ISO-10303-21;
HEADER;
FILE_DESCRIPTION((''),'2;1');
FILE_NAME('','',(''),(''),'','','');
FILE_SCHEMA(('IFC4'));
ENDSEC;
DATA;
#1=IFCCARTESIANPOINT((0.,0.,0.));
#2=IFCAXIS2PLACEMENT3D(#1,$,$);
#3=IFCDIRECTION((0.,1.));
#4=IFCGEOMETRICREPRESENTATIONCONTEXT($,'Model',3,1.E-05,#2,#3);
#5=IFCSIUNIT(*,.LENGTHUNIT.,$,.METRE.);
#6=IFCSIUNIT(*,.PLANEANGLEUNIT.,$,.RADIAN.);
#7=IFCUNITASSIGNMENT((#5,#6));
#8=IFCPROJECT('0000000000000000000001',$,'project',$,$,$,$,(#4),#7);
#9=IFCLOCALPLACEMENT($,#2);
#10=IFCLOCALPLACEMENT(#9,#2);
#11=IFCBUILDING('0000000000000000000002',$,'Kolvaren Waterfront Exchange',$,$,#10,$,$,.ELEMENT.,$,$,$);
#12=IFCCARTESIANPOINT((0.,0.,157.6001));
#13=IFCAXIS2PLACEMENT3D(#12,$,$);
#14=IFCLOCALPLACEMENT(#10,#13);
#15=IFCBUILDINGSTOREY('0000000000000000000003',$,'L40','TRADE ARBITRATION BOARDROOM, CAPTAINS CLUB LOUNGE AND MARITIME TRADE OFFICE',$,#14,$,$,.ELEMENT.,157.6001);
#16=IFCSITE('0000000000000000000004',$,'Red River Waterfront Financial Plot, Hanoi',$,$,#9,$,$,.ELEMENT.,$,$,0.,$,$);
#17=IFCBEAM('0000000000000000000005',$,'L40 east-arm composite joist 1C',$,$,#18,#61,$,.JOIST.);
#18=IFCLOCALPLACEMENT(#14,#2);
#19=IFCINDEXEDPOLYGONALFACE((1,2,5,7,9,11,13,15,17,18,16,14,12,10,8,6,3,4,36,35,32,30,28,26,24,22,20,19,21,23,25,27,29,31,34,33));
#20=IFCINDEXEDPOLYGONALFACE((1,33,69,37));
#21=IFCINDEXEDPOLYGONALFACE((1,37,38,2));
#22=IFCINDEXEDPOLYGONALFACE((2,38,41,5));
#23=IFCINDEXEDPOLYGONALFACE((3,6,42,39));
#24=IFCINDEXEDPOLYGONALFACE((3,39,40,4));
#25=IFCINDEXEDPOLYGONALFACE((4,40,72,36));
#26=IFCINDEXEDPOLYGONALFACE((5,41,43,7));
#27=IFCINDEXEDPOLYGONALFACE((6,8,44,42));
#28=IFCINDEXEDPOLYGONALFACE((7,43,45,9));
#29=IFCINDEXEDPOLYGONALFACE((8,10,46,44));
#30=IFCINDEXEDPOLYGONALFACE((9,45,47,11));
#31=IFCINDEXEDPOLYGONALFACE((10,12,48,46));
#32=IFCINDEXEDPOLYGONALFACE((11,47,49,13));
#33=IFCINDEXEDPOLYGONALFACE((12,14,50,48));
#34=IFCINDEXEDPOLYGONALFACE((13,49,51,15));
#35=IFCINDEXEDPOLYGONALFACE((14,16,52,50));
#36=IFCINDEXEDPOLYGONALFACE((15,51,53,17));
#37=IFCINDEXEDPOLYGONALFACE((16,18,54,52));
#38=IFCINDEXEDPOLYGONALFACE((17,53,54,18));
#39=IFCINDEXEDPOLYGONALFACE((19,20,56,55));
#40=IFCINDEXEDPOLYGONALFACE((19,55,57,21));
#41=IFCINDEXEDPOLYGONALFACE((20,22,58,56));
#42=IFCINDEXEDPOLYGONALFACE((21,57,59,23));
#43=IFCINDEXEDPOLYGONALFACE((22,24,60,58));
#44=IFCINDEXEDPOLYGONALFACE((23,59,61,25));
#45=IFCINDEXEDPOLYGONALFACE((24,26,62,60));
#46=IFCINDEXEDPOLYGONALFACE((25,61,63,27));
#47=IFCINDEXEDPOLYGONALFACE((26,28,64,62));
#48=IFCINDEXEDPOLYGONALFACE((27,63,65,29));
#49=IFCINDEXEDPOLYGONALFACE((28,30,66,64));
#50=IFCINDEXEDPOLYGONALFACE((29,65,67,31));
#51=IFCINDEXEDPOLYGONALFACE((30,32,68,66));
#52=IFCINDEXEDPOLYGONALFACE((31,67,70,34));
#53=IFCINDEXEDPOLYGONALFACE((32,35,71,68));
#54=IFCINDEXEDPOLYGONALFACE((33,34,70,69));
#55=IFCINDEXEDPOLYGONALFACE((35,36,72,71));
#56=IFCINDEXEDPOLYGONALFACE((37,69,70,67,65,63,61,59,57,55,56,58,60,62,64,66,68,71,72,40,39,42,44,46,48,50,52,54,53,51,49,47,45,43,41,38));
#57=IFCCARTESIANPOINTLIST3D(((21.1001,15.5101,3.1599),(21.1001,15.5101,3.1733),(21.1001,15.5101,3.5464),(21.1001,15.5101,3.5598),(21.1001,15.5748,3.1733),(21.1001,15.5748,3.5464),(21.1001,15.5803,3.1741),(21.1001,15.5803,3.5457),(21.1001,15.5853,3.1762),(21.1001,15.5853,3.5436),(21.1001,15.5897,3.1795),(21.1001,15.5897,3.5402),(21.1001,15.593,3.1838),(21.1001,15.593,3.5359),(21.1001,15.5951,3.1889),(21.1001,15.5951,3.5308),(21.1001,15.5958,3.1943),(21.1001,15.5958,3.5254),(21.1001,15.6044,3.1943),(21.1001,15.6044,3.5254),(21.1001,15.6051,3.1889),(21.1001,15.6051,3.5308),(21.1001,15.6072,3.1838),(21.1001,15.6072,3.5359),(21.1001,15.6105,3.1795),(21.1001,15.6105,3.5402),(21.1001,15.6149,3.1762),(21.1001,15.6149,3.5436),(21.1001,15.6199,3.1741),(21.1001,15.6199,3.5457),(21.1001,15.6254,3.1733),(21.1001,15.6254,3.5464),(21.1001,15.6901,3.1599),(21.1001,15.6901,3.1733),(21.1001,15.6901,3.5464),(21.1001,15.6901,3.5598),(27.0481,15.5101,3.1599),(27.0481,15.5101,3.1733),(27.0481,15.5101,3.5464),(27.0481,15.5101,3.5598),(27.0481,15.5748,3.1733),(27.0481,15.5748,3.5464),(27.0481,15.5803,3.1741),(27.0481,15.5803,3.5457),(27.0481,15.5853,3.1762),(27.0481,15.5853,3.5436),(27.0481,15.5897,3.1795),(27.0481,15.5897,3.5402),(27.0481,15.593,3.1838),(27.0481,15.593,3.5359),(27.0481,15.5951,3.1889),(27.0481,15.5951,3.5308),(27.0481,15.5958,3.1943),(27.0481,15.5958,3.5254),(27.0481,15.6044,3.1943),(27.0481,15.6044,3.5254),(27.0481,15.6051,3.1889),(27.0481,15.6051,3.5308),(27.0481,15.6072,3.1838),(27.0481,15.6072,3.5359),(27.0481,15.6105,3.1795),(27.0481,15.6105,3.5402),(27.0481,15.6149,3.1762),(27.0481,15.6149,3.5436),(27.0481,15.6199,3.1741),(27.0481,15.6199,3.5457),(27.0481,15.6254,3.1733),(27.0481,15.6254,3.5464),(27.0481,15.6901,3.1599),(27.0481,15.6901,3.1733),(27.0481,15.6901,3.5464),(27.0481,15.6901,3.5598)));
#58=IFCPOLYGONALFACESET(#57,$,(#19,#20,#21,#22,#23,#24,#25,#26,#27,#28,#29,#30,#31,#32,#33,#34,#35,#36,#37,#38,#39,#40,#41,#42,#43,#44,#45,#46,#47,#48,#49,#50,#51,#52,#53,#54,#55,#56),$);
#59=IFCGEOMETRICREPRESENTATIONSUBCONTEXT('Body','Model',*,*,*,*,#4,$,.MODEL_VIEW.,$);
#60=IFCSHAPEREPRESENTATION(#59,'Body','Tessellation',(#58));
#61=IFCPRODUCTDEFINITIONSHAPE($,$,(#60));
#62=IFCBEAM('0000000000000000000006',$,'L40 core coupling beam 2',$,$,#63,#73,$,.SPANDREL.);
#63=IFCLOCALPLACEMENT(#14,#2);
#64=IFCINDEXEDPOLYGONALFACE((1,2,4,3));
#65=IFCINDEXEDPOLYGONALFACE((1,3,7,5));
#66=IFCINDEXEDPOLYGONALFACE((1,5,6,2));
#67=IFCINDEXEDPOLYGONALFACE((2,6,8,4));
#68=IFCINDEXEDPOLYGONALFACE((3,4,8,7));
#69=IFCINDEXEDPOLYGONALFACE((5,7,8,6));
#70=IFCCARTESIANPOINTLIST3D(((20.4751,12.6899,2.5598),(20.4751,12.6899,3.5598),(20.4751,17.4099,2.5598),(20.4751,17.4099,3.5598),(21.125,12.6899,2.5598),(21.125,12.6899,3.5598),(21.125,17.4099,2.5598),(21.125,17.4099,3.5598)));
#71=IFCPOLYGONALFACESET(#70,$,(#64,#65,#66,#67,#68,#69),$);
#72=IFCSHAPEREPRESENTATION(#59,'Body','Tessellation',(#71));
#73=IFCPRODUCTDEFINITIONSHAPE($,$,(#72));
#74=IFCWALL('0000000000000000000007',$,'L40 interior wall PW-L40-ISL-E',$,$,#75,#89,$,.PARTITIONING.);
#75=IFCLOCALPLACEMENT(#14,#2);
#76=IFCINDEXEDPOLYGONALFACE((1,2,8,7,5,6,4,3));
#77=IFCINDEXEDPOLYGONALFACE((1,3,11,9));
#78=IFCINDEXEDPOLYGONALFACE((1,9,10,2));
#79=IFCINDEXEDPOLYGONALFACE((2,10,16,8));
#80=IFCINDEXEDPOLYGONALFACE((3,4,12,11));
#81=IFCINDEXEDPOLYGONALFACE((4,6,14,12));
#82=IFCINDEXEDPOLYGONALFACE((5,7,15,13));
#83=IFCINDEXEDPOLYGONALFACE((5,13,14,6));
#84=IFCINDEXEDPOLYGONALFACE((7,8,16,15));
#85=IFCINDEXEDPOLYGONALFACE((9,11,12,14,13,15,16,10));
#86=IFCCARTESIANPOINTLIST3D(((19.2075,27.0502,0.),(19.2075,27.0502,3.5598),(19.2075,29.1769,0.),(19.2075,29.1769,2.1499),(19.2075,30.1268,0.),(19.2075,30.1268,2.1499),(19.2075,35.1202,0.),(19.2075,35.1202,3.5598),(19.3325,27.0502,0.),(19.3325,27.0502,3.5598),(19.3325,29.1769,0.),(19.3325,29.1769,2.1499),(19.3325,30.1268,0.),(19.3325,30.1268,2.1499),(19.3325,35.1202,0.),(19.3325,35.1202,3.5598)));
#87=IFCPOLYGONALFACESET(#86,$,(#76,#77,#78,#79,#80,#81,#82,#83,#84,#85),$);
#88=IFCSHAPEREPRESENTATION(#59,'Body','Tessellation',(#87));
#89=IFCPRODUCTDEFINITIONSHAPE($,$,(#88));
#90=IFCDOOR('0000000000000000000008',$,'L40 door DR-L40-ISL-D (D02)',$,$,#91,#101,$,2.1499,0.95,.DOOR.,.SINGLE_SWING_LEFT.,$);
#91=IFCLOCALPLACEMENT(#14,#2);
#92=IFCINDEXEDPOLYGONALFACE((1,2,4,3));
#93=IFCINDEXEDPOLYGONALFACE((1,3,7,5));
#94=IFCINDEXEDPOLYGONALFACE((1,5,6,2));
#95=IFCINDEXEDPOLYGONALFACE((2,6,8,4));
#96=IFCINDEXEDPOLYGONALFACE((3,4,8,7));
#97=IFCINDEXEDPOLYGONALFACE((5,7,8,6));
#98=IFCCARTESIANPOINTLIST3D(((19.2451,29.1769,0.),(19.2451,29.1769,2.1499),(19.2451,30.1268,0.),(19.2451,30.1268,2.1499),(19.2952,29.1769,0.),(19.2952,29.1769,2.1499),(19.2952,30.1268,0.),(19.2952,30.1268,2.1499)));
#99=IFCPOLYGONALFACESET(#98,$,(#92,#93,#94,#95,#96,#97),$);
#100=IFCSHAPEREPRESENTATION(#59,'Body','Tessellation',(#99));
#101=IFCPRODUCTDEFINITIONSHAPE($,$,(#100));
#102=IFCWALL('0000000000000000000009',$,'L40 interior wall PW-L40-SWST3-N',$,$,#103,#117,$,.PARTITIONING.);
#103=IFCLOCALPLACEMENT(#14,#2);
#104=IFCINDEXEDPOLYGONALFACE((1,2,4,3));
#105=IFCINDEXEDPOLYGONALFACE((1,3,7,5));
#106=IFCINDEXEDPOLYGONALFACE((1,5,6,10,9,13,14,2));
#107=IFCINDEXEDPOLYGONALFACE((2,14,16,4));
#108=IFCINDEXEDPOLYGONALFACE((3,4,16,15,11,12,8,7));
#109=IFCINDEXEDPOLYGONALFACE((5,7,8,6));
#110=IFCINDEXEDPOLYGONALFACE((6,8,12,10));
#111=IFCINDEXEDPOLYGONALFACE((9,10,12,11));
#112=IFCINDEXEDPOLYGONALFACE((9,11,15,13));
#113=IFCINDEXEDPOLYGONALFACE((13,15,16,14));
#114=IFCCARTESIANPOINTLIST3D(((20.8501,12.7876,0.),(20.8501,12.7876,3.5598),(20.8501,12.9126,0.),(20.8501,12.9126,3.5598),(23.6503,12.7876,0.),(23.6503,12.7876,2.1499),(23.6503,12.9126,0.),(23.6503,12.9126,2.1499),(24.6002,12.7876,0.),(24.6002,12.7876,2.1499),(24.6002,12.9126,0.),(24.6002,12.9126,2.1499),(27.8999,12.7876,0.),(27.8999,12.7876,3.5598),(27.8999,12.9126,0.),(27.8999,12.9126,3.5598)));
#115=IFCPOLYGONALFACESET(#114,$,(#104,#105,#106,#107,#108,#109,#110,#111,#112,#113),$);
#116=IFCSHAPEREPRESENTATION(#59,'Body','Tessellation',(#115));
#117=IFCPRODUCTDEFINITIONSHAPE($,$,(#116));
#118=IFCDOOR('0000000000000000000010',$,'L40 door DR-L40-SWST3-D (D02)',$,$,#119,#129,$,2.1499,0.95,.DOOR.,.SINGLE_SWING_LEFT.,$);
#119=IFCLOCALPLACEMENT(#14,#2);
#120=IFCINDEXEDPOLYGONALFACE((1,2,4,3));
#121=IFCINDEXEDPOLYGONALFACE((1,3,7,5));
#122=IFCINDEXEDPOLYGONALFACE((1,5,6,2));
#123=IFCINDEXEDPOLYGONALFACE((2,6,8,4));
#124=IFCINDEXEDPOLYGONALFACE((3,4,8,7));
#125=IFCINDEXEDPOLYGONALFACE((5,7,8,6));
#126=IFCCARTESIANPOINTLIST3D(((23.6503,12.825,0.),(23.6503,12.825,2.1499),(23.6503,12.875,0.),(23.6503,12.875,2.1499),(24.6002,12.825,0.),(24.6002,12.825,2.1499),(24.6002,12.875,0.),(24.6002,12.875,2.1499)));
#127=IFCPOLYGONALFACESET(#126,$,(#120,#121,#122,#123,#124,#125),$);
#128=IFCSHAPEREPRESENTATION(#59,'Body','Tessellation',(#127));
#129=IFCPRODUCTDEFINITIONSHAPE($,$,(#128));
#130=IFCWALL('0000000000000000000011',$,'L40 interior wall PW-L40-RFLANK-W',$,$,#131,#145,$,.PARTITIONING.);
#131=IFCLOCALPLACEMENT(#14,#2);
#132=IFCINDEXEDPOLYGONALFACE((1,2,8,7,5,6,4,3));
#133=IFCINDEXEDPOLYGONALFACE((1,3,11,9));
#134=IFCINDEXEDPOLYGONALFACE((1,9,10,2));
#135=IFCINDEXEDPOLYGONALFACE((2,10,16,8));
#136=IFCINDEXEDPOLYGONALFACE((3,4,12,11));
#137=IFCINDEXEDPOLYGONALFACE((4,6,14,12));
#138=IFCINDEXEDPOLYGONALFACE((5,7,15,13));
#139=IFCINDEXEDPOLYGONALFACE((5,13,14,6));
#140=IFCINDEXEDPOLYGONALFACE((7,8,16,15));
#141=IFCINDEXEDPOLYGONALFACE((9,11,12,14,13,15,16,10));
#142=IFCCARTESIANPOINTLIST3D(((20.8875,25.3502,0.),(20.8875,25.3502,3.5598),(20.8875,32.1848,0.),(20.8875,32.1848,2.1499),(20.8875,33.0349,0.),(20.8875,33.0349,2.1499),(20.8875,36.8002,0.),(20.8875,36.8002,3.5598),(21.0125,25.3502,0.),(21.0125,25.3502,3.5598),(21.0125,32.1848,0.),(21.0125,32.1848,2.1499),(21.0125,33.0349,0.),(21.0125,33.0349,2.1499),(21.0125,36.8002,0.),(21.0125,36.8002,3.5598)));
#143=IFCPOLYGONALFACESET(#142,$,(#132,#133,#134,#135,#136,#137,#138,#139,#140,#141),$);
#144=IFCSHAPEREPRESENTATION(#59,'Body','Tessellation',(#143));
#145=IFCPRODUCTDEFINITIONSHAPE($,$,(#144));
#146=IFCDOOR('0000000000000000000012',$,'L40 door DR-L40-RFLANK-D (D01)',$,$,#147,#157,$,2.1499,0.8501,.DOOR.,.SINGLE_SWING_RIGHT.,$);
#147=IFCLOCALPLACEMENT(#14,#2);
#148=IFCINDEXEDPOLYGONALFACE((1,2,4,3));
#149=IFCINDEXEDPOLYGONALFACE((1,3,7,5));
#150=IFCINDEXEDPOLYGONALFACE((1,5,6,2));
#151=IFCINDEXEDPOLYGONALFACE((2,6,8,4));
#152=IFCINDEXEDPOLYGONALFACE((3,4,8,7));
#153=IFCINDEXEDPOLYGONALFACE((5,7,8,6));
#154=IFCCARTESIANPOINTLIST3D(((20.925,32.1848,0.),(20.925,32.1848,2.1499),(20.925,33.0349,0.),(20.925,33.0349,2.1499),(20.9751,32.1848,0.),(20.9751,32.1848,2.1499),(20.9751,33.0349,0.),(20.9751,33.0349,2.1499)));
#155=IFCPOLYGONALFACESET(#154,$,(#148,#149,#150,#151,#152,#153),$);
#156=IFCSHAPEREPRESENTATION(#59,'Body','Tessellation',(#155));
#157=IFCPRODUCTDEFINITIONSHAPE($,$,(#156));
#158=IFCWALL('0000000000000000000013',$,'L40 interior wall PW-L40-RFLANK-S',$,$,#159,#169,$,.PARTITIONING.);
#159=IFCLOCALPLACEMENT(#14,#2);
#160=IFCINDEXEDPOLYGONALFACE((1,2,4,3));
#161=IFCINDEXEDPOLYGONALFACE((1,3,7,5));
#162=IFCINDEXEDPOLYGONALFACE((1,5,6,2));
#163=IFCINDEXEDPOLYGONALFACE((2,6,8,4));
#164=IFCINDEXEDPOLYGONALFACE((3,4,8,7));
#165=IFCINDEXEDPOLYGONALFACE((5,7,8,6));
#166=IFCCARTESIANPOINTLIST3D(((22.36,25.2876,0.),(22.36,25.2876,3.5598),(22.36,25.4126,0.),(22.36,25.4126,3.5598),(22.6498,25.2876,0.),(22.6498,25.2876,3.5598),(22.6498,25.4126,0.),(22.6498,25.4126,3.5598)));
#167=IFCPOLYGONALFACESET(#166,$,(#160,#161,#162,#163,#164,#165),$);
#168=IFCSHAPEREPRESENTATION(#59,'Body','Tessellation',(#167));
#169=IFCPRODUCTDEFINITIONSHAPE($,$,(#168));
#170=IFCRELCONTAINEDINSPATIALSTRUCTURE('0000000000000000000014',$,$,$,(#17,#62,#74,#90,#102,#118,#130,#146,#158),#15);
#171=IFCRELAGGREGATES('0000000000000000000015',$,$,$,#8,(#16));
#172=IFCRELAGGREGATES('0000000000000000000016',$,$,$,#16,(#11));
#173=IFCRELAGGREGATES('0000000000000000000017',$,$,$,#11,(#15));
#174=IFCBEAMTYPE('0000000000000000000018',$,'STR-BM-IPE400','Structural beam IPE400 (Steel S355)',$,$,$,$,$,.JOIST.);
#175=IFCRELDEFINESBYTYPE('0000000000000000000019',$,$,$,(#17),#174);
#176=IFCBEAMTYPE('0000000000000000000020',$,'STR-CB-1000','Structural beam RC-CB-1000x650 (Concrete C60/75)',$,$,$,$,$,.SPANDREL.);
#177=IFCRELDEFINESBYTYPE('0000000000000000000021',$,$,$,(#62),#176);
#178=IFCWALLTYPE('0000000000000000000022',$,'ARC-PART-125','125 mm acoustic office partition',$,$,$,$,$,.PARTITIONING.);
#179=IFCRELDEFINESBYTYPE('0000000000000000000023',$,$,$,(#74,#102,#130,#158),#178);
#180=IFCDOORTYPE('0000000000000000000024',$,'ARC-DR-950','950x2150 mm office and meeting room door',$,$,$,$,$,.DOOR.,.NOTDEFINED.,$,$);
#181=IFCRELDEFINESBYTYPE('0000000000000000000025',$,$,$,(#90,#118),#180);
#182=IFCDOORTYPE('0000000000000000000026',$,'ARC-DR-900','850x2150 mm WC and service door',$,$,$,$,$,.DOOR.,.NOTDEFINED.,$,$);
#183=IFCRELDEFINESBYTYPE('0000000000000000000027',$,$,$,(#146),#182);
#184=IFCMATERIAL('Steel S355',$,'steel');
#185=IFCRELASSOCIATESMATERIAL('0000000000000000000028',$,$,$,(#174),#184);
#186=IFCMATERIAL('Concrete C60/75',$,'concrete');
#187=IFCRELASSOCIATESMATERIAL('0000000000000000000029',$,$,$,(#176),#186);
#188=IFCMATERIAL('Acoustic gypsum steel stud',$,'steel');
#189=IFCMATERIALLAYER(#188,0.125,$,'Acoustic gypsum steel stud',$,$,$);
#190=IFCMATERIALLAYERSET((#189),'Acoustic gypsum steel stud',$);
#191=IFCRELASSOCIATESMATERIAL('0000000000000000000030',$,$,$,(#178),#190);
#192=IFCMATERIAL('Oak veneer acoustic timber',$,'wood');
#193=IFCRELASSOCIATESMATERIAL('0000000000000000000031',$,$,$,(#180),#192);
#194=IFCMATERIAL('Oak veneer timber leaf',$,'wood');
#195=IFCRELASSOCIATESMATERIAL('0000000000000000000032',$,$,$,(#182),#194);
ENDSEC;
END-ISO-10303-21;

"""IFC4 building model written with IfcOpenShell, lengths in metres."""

from ifc_helpers import new_model, si_unit, direction, frame, frame_2d, origin, origin_2d, place, context, subcontext, project, spatial, rectangle, i_section, extrude, material, layer, layer_set, material_profile, profile_set, type_object, element, fill, save


model = new_model("IFC4")

# Units and contexts
model_context = context("Model", 3, precision=1e-05, world=origin(), true_north=direction((0.0, 1.0)))
body_context = subcontext(model_context, "Body", "Model", "MODEL_VIEW")
ifc_project = project(units=[si_unit("LENGTHUNIT", "METRE"), si_unit("PLANEANGLEUNIT", "RADIAN")], contexts=[model_context])

# Site, building, storey
site_placement = place(None, origin())
site = spatial("IfcSite", under=ifc_project, at=site_placement, Name="Red River Waterfront Financial Plot, Hanoi", CompositionType="ELEMENT", RefElevation=0.0)
building_placement = place(site_placement, origin())
building = spatial("IfcBuilding", under=site, at=building_placement, Name="Kolvaren Waterfront Exchange", CompositionType="ELEMENT")
storey_placement = place(building_placement, frame((0.0, 0.0, 157.6001)))
storey = spatial("IfcBuildingStorey", under=building, at=storey_placement, Name="L40", Description="TRADE ARBITRATION BOARDROOM, CAPTAINS CLUB LOUNGE AND MARITIME TRADE OFFICE", CompositionType="ELEMENT", Elevation=157.6001)

# Shared definitions
ifc_material_1 = material(Name="Concrete C60/75", Category="concrete")

# Beams
ifc_material_2 = material(Name="Steel S355", Category="steel")
ifc_material_profile_1 = material_profile(ifc_material_2, i_section(OverallWidth=0.1799, OverallDepth=0.3999, WebThickness=0.0085, FlangeThickness=0.0134, FilletRadius=0.021, at=origin_2d()), Name="IPE400")
ifc_profile_set_1 = profile_set([ifc_material_profile_1], Name="Steel S355")
beam_type_1 = type_object("IfcBeamType", Name="STR-BM-IPE400", Description="Structural beam IPE400 (Steel S355)", PredefinedType="JOIST", material=ifc_profile_set_1)
for number, where, z_axis, x_axis, name in (
    (1, (21.1001, 15.6001, 3.3599), (1.0, 0.0, 0.0), (0.0, 1.0, 0.0), "L40 east-arm composite joist 1C"),
):
    element("IfcBeam", number, at=place(storey_placement, frame(where, z_axis=z_axis, x_axis=x_axis)), inside=storey, type_object=beam_type_1, Name=name, PredefinedType="JOIST", context=body_context, shape_type="SweptSolid", body=[
        extrude(i_section(OverallWidth=0.1799, OverallDepth=0.3999, WebThickness=0.0085, FlangeThickness=0.0134, FilletRadius=0.021, at=origin_2d()), origin(), (0.0, 0.0, 1.0), 5.948),
    ])
ifc_material_profile_2 = material_profile(ifc_material_1, rectangle(XDim=0.6499, YDim=1.0, at=origin_2d()), Name="RC-CB-1000x650")
ifc_profile_set_2 = profile_set([ifc_material_profile_2], Name="Concrete C60/75")
beam_type_2 = type_object("IfcBeamType", Name="STR-CB-1000", Description="Structural beam RC-CB-1000x650 (Concrete C60/75)", PredefinedType="SPANDREL", material=ifc_profile_set_2)
beam_1_placement = place(storey_placement, frame((20.8, 12.6899, 3.0598), z_axis=(0.0, 1.0, 0.0), x_axis=(-1.0, 0.0, 0.0)))
element("IfcBeam", 2, at=beam_1_placement, inside=storey, type_object=beam_type_2, Name="L40 core coupling beam 2", PredefinedType="SPANDREL", context=body_context, shape_type="SweptSolid", body=[
    extrude(rectangle(XDim=0.6499, YDim=1.0, at=origin_2d()), origin(), (0.0, 0.0, 1.0), 4.72),
])

# Walls, openings, doors
ifc_material_3 = material(Name="Acoustic gypsum steel stud", Category="steel")
ifc_layer_1 = layer(ifc_material_3, 0.125, Name="Acoustic gypsum steel stud")
ifc_layer_set_1 = layer_set([ifc_layer_1], Name="Acoustic gypsum steel stud")
wall_type_1 = type_object("IfcWallType", Name="ARC-PART-125", Description="125 mm acoustic office partition", PredefinedType="PARTITIONING", material=ifc_layer_set_1)
wall_1_placement = place(storey_placement, frame((19.27, 27.05, 0.0), z_axis=(0.0, 0.0, 1.0), x_axis=(0.0, 1.0, 0.0)))
wall_1 = element("IfcWall", 3, at=wall_1_placement, inside=storey, type_object=wall_type_1, Name="L40 interior wall PW-L40-ISL-E", PredefinedType="PARTITIONING", context=body_context, shape_type="SweptSolid", body=[
    extrude(rectangle(XDim=8.0701, YDim=0.125, at=frame_2d((4.0352, 0.0))), origin(), (0.0, 0.0, 1.0), 3.5598),
])
opening_1_placement = place(wall_1_placement, frame((2.1267, 0.0, 0.0)))
opening_1 = element("IfcOpeningElement", 4, at=opening_1_placement, cuts=wall_1, PredefinedType="OPENING", context=body_context, shape_type="SweptSolid", body=[
    extrude(rectangle(XDim=0.95, YDim=2.1499, at=frame_2d((0.4751, 1.075))), frame((0.0, 0.0725, 0.0), z_axis=(0.0, -1.0, 0.0), x_axis=(1.0, 0.0, 0.0)), (0.0, 0.0, 1.0), 0.145),
])
ifc_material_4 = material(Name="Oak veneer acoustic timber", Category="wood")
door_type_1 = type_object("IfcDoorType", Name="ARC-DR-950", Description="950x2150 mm office and meeting room door", OperationType="NOTDEFINED", PredefinedType="DOOR", material=ifc_material_4)
door_1_placement = place(opening_1_placement, origin())
door_1 = element("IfcDoor", 5, at=door_1_placement, inside=storey, type_object=door_type_1, Name="L40 door DR-L40-ISL-D (D02)", OperationType="SINGLE_SWING_LEFT", OverallHeight=2.1499, OverallWidth=0.95, PredefinedType="DOOR", context=body_context, shape_type="SweptSolid", body=[
    extrude(rectangle(XDim=0.95, YDim=2.1499, at=frame_2d((0.4751, 1.075))), frame((0.0, 0.0249, 0.0), z_axis=(0.0, -1.0, 0.0), x_axis=(1.0, 0.0, 0.0)), (0.0, 0.0, 1.0), 0.05),
])
fill(opening_1, door_1)
wall_2_placement = place(storey_placement, frame((20.8501, 12.8501, 0.0), z_axis=(0.0, 0.0, 1.0), x_axis=(1.0, 0.0, 0.0)))
wall_2 = element("IfcWall", 6, at=wall_2_placement, inside=storey, type_object=wall_type_1, Name="L40 interior wall PW-L40-SWST3-N", PredefinedType="PARTITIONING", context=body_context, shape_type="SweptSolid", body=[
    extrude(rectangle(XDim=7.0498, YDim=0.125, at=frame_2d((3.5249, 0.0))), origin(), (0.0, 0.0, 1.0), 3.5598),
])
opening_2_placement = place(wall_2_placement, frame((2.8, 0.0, 0.0)))
opening_2 = element("IfcOpeningElement", 7, at=opening_2_placement, cuts=wall_2, PredefinedType="OPENING", context=body_context, shape_type="SweptSolid", body=[
    extrude(rectangle(XDim=0.95, YDim=2.1499, at=frame_2d((0.4751, 1.075))), frame((0.0, 0.0725, 0.0), z_axis=(0.0, -1.0, 0.0), x_axis=(1.0, 0.0, 0.0)), (0.0, 0.0, 1.0), 0.145),
])
door_2_placement = place(opening_2_placement, origin())
door_2 = element("IfcDoor", 8, at=door_2_placement, inside=storey, type_object=door_type_1, Name="L40 door DR-L40-SWST3-D (D02)", OperationType="SINGLE_SWING_LEFT", OverallHeight=2.1499, OverallWidth=0.95, PredefinedType="DOOR", context=body_context, shape_type="SweptSolid", body=[
    extrude(rectangle(XDim=0.95, YDim=2.1499, at=frame_2d((0.4751, 1.075))), frame((0.0, 0.0249, 0.0), z_axis=(0.0, -1.0, 0.0), x_axis=(1.0, 0.0, 0.0)), (0.0, 0.0, 1.0), 0.05),
])
fill(opening_2, door_2)
wall_3_placement = place(storey_placement, frame((20.95, 25.3501, 0.0), z_axis=(0.0, 0.0, 1.0), x_axis=(0.0, 1.0, 0.0)))
wall_3 = element("IfcWall", 9, at=wall_3_placement, inside=storey, type_object=wall_type_1, Name="L40 interior wall PW-L40-RFLANK-W", PredefinedType="PARTITIONING", context=body_context, shape_type="SweptSolid", body=[
    extrude(rectangle(XDim=11.45, YDim=0.125, at=frame_2d((5.7251, 0.0))), origin(), (0.0, 0.0, 1.0), 3.5598),
])
opening_3_placement = place(wall_3_placement, frame((6.8347, 0.0, 0.0)))
opening_3 = element("IfcOpeningElement", 10, at=opening_3_placement, cuts=wall_3, PredefinedType="OPENING", context=body_context, shape_type="SweptSolid", body=[
    extrude(rectangle(XDim=0.8501, YDim=2.1499, at=frame_2d((0.425, 1.075))), frame((0.0, 0.0725, 0.0), z_axis=(0.0, -1.0, 0.0), x_axis=(1.0, 0.0, 0.0)), (0.0, 0.0, 1.0), 0.145),
])
ifc_material_5 = material(Name="Oak veneer timber leaf", Category="wood")
door_type_2 = type_object("IfcDoorType", Name="ARC-DR-900", Description="850x2150 mm WC and service door", OperationType="NOTDEFINED", PredefinedType="DOOR", material=ifc_material_5)
door_3_placement = place(opening_3_placement, origin())
door_3 = element("IfcDoor", 11, at=door_3_placement, inside=storey, type_object=door_type_2, Name="L40 door DR-L40-RFLANK-D (D01)", OperationType="SINGLE_SWING_RIGHT", OverallHeight=2.1499, OverallWidth=0.8501, PredefinedType="DOOR", context=body_context, shape_type="SweptSolid", body=[
    extrude(rectangle(XDim=0.8501, YDim=2.1499, at=frame_2d((0.425, 1.075))), frame((0.0, 0.0249, 0.0), z_axis=(0.0, -1.0, 0.0), x_axis=(1.0, 0.0, 0.0)), (0.0, 0.0, 1.0), 0.05),
])
fill(opening_3, door_3)

# Wall
wall_4_placement = place(storey_placement, frame((22.6499, 25.3501, 0.0), z_axis=(0.0, 0.0, 1.0), x_axis=(-1.0, 0.0, 0.0)))
element("IfcWall", 12, at=wall_4_placement, inside=storey, type_object=wall_type_1, Name="L40 interior wall PW-L40-RFLANK-S", PredefinedType="PARTITIONING", context=body_context, shape_type="SweptSolid", body=[
    extrude(rectangle(XDim=0.2898, YDim=0.125, at=frame_2d((0.145, 0.0))), origin(), (0.0, 0.0, 1.0), 3.5598),
])

save(model, "model.ifc")
